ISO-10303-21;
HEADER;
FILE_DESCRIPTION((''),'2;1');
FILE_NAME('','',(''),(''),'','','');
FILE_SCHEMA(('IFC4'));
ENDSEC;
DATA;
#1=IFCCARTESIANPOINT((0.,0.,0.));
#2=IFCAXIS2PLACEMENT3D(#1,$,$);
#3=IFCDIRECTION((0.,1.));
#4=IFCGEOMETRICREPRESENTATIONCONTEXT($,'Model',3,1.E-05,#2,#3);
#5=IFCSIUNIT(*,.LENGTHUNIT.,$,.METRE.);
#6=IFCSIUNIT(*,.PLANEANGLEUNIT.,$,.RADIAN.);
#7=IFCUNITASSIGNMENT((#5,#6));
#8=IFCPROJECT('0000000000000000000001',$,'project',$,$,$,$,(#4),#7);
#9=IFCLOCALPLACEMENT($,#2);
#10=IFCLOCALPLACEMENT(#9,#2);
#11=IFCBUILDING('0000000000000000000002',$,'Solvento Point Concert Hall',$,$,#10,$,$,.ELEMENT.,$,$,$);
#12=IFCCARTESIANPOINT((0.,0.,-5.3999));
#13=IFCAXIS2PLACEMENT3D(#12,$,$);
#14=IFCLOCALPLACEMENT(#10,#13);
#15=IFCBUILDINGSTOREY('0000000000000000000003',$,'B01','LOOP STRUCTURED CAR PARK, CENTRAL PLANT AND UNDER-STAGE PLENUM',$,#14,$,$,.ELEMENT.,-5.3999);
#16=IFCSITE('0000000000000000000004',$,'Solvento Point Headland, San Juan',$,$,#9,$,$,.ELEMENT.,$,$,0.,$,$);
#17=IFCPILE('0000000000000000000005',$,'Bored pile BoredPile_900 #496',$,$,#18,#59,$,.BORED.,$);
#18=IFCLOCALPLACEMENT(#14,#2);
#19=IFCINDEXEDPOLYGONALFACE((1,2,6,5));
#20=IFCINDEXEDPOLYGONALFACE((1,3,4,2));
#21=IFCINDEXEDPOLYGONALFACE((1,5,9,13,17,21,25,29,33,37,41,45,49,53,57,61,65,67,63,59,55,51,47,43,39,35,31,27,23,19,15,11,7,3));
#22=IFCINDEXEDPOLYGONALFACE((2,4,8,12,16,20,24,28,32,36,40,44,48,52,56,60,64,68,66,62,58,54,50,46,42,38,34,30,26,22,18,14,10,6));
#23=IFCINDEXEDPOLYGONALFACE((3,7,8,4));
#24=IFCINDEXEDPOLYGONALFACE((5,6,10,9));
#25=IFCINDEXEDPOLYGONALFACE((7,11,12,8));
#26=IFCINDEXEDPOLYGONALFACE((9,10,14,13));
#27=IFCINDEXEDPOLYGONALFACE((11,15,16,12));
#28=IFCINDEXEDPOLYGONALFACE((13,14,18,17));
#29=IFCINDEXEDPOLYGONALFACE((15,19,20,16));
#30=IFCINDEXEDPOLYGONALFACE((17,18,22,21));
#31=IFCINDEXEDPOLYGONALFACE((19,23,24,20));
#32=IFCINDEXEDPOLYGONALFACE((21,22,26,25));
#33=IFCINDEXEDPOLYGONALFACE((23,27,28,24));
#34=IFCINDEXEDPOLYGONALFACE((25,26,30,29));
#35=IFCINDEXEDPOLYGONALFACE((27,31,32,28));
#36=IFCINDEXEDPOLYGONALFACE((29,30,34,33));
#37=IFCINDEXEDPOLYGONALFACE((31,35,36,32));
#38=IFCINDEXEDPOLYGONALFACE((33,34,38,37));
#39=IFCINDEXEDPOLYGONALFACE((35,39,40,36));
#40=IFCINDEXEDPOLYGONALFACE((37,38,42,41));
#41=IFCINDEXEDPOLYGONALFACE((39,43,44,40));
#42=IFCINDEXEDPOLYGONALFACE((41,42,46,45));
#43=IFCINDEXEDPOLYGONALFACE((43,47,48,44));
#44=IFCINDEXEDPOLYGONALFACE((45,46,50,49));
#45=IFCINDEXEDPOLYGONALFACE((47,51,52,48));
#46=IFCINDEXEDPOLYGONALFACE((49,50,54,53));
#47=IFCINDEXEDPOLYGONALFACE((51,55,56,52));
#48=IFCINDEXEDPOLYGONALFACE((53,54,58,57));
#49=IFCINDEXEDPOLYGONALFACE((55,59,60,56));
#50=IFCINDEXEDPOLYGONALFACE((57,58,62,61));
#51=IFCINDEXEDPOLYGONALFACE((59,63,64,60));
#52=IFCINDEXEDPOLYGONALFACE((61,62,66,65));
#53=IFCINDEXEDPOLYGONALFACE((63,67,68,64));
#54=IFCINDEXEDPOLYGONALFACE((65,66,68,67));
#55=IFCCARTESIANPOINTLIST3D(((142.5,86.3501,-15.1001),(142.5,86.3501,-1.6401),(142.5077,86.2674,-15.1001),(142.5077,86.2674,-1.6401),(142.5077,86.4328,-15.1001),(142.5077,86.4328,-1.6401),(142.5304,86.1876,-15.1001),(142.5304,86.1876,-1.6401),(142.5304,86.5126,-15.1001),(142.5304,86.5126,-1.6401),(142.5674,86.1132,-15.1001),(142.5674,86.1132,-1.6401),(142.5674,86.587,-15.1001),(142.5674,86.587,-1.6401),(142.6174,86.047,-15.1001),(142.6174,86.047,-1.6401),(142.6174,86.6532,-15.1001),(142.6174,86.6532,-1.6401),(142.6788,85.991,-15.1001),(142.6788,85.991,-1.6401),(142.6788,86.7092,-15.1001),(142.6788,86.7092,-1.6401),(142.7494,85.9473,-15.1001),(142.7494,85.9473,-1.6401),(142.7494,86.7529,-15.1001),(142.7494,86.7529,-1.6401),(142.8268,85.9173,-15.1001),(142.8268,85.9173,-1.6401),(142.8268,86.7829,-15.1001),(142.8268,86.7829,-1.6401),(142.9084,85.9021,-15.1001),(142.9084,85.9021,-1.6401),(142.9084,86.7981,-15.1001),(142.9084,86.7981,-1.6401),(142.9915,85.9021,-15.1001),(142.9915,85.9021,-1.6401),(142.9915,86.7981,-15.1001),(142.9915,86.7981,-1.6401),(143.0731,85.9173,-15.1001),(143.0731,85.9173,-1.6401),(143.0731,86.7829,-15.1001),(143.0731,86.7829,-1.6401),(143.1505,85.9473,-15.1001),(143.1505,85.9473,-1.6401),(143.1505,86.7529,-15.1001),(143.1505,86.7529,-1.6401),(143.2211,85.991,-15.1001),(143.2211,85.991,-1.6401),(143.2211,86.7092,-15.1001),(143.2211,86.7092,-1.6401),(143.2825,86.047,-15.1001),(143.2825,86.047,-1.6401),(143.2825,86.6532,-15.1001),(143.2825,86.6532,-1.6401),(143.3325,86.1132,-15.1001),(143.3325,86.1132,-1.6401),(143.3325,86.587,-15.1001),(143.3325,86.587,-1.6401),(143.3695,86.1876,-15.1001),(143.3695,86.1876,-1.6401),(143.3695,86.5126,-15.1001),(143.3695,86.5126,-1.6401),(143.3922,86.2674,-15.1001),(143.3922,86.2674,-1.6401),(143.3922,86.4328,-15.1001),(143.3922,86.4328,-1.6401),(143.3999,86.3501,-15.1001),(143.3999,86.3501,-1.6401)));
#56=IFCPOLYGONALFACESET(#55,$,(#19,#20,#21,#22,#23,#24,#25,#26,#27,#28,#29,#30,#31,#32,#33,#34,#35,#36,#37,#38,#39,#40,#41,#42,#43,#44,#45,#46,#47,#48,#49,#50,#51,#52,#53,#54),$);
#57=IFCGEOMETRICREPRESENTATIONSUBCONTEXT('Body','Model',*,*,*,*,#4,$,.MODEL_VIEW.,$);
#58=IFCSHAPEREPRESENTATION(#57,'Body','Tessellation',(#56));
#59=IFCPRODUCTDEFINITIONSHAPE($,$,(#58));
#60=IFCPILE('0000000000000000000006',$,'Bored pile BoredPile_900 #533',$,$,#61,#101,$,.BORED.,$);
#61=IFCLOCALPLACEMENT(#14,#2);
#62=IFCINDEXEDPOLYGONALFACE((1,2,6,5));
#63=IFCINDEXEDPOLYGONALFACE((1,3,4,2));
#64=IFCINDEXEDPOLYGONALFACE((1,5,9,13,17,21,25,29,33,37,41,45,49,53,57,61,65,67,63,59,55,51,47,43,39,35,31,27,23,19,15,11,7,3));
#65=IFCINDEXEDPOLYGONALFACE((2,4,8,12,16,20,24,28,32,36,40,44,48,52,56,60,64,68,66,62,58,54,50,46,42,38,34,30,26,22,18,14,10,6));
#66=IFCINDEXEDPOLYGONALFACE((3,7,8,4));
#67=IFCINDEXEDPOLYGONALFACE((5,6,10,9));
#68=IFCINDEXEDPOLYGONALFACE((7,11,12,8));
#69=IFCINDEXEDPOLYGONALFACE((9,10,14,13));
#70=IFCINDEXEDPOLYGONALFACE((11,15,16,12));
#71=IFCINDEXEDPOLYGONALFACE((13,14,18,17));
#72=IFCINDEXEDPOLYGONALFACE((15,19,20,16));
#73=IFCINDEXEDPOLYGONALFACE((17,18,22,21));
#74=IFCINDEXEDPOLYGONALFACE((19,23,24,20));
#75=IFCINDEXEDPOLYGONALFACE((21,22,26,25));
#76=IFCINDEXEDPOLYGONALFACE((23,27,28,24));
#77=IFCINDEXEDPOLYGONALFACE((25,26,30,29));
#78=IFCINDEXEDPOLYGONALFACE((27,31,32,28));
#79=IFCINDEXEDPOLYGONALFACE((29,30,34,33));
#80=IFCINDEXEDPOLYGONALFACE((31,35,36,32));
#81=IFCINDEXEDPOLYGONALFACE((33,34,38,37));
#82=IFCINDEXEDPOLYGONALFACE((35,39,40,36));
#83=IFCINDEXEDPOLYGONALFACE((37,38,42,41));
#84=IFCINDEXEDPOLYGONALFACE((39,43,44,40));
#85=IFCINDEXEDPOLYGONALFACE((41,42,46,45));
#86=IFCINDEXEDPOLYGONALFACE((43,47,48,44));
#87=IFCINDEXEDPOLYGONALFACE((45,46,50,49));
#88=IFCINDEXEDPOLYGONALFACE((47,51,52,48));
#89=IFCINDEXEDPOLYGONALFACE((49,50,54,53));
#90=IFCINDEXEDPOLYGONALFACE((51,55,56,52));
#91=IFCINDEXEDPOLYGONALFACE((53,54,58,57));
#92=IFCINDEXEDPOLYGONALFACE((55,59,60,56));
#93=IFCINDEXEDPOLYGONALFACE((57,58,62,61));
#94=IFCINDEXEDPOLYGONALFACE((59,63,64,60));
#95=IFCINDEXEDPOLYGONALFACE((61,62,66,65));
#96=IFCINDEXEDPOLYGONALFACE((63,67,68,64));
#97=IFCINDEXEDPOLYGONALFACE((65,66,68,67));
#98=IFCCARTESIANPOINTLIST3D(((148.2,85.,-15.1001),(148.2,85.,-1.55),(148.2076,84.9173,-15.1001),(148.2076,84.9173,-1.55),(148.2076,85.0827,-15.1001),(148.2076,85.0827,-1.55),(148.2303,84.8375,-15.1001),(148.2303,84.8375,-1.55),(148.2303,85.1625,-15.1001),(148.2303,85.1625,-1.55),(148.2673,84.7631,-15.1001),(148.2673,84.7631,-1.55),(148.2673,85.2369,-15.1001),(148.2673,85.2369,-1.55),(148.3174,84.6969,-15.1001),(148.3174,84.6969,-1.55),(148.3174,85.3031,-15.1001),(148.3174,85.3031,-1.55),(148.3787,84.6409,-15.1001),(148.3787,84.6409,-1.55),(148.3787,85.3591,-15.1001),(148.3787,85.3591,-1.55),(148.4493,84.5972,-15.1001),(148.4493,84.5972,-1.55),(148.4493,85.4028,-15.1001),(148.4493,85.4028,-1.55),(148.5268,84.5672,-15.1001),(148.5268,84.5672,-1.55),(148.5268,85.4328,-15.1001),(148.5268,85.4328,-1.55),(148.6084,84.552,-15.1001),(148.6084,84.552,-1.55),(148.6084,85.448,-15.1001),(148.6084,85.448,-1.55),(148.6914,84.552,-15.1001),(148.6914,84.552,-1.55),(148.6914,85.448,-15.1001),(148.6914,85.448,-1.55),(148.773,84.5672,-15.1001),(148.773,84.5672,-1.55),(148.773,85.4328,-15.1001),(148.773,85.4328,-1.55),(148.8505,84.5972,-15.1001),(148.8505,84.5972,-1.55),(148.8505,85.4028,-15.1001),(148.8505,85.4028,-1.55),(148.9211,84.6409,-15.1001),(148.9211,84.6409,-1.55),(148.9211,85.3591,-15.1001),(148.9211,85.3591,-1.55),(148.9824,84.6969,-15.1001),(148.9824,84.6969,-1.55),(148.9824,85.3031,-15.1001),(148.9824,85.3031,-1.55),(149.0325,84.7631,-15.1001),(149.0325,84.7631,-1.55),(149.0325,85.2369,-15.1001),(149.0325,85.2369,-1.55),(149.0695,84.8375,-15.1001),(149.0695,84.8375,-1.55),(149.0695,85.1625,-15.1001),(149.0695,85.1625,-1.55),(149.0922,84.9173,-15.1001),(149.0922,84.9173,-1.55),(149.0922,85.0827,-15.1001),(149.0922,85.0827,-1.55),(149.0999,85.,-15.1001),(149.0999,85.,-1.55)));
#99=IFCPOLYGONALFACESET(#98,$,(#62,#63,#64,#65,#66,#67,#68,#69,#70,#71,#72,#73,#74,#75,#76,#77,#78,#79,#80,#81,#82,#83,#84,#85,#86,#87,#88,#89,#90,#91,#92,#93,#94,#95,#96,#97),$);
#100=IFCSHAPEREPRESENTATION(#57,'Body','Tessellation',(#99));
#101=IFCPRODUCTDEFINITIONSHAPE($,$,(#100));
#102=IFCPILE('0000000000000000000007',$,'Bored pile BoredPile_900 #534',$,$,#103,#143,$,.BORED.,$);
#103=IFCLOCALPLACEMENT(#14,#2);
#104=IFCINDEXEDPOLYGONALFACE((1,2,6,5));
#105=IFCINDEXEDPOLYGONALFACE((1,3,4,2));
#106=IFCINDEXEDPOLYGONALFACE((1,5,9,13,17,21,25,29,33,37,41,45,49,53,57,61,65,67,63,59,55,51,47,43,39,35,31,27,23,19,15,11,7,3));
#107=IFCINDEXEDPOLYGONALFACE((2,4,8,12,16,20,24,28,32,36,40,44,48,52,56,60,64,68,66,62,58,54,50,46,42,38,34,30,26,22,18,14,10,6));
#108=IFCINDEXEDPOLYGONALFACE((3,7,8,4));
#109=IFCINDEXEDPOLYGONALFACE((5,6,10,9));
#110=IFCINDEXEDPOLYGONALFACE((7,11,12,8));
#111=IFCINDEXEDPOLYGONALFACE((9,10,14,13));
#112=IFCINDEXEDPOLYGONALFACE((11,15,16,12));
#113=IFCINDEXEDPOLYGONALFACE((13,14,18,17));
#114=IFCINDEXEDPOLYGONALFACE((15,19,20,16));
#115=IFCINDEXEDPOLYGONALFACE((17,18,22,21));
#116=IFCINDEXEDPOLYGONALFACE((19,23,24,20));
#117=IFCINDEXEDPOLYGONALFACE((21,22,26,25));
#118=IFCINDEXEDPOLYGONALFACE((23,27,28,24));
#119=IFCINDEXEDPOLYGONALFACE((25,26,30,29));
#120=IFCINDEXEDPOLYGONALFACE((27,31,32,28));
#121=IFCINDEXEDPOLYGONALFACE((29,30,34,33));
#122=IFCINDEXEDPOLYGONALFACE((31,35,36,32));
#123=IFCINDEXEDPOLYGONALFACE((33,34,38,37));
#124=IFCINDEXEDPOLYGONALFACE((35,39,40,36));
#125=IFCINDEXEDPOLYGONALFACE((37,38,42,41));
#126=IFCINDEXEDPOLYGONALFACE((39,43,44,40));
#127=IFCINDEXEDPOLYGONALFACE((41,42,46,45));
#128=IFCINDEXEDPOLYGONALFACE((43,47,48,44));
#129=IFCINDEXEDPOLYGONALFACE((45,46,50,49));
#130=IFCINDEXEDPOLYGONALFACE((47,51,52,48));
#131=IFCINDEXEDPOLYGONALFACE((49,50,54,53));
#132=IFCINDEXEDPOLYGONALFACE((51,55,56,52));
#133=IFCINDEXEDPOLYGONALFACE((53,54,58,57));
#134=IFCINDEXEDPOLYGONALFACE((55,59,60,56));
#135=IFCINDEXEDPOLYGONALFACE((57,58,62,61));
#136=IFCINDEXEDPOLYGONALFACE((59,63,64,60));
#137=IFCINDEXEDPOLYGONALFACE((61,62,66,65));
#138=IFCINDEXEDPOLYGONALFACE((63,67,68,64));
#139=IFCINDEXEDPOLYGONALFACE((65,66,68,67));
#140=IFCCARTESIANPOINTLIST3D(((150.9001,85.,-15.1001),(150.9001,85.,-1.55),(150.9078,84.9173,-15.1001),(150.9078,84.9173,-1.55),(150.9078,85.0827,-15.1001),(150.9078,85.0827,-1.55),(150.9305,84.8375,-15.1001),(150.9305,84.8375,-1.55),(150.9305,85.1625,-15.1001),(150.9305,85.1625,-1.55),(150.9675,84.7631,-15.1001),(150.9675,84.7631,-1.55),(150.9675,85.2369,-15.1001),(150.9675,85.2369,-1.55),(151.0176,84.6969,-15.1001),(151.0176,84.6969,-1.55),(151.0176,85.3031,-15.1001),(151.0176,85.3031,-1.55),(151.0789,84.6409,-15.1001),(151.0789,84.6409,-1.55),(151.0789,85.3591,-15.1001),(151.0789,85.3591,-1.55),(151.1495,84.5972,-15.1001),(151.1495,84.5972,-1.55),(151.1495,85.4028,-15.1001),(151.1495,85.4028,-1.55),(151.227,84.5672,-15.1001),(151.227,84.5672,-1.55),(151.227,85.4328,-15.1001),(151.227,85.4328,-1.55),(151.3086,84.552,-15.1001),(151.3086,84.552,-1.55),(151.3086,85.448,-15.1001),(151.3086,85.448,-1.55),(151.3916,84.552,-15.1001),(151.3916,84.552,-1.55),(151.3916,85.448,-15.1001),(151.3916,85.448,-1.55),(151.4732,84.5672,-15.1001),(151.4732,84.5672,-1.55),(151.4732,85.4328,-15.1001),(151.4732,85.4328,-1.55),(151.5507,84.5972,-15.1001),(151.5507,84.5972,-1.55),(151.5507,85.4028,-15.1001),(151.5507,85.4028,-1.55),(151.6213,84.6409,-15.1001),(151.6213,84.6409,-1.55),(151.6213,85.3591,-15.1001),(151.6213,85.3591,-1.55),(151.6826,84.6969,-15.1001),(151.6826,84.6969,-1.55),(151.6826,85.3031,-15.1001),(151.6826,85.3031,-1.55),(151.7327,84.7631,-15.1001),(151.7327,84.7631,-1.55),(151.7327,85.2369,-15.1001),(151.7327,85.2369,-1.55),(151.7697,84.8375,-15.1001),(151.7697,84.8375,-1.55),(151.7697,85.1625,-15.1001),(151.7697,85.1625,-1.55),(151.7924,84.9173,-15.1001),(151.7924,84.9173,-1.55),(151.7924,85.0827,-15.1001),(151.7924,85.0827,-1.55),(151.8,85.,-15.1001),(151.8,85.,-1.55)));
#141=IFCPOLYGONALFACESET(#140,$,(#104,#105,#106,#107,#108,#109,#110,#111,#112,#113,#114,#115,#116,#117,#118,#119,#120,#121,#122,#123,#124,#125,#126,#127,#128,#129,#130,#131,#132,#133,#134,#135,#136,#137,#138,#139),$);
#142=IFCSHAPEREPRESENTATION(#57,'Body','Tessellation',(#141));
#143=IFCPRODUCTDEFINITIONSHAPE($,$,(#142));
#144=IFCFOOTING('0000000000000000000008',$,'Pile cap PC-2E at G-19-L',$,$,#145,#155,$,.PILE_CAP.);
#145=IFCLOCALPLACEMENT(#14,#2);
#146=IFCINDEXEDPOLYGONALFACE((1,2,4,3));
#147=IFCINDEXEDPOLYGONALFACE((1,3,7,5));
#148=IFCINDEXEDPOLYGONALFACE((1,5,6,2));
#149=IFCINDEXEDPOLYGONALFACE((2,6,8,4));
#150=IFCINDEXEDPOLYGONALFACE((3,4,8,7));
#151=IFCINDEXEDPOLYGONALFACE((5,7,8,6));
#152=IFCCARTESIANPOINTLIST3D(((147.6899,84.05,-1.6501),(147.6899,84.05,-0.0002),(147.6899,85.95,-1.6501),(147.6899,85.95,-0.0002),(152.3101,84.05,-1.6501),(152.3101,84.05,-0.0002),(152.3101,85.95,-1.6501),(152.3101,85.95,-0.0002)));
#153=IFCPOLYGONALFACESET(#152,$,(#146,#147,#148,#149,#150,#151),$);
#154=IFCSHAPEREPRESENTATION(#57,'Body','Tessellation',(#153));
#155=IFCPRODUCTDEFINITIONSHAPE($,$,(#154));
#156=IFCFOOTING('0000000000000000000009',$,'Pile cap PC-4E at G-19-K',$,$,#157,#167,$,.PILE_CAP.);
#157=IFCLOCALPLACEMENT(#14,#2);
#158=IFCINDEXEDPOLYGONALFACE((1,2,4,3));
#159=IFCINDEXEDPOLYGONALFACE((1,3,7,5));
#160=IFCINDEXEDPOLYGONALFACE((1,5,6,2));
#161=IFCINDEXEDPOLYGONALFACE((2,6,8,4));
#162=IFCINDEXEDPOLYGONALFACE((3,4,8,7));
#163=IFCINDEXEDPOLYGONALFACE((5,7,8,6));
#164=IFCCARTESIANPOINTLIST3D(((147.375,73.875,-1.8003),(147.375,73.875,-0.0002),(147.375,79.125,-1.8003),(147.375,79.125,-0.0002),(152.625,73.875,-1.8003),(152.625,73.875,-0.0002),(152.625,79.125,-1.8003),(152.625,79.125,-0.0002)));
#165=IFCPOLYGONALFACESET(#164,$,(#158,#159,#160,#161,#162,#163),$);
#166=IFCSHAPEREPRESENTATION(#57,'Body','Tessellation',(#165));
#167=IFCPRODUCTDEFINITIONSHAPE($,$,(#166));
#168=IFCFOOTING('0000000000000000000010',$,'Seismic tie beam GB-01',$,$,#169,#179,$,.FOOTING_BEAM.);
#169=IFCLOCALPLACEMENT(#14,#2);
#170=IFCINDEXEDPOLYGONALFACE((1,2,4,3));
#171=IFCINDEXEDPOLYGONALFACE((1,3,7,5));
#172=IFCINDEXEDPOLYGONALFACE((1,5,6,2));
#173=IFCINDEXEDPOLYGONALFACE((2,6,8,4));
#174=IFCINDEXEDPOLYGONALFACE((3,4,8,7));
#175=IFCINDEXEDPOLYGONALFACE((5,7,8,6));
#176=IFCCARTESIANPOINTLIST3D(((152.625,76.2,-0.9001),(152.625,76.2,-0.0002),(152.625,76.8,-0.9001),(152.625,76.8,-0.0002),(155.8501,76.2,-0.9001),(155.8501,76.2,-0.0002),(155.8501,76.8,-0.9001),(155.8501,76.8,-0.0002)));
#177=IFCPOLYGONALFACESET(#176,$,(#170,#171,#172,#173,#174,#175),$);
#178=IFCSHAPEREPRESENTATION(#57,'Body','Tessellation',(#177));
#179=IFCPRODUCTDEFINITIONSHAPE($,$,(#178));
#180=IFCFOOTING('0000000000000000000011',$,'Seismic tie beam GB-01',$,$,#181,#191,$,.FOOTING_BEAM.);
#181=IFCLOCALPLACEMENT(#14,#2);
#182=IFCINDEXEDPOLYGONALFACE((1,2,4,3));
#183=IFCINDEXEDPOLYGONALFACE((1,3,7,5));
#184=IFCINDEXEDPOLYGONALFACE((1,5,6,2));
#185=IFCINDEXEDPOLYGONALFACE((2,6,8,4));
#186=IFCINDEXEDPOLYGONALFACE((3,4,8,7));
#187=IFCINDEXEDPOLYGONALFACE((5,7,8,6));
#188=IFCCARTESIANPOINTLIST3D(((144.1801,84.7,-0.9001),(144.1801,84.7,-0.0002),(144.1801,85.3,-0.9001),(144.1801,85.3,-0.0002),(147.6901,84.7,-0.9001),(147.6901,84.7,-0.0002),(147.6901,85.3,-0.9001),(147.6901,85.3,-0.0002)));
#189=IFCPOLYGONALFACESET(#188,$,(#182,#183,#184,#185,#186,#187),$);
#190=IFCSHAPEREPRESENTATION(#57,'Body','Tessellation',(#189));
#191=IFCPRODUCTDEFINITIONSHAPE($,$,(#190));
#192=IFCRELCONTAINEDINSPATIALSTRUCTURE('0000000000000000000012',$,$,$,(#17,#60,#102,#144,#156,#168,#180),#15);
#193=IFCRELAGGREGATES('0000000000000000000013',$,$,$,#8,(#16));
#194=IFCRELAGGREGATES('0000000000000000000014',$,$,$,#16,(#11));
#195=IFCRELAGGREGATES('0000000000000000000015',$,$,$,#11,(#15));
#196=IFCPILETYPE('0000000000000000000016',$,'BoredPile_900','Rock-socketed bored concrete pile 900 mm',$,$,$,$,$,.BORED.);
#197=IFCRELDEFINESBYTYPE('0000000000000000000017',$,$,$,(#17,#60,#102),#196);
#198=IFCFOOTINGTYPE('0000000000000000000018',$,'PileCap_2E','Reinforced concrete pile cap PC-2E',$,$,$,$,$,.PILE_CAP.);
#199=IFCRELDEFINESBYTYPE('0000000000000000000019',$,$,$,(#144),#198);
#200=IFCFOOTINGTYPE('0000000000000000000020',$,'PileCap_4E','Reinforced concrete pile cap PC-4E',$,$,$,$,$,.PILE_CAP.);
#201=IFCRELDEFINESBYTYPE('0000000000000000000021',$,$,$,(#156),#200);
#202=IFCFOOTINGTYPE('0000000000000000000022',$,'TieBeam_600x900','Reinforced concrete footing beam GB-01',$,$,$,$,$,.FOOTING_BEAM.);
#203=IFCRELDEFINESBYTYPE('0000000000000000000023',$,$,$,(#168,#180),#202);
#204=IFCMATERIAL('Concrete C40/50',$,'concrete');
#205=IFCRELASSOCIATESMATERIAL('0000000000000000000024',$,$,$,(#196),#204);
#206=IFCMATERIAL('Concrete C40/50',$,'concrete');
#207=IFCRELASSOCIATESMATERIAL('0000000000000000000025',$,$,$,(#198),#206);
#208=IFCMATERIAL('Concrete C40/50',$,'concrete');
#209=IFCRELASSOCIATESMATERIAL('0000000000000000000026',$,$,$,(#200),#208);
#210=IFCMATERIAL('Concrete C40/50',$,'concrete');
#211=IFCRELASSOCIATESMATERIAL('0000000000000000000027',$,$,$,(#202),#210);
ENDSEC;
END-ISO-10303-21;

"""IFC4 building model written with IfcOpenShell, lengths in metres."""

from ifc_helpers import new_model, si_unit, direction, frame, origin, origin_2d, place, context, subcontext, project, spatial, rectangle, circle, extrude, material, material_profile, profile_set, type_object, element, save


model = new_model("IFC4")

# Units and contexts
model_context = context("Model", 3, precision=1e-05, world=origin(), true_north=direction((0.0, 1.0)))
body_context = subcontext(model_context, "Body", "Model", "MODEL_VIEW")
ifc_project = project(units=[si_unit("LENGTHUNIT", "METRE"), si_unit("PLANEANGLEUNIT", "RADIAN")], contexts=[model_context])

# Site, building, storey
site_placement = place(None, origin())
site = spatial("IfcSite", under=ifc_project, at=site_placement, Name="Solvento Point Headland, San Juan", CompositionType="ELEMENT", RefElevation=0.0)
building_placement = place(site_placement, origin())
building = spatial("IfcBuilding", under=site, at=building_placement, Name="Solvento Point Concert Hall", CompositionType="ELEMENT")
storey_placement = place(building_placement, frame((0.0, 0.0, -5.3999)))
storey = spatial("IfcBuildingStorey", under=building, at=storey_placement, Name="B01", Description="LOOP STRUCTURED CAR PARK, CENTRAL PLANT AND UNDER-STAGE PLENUM", CompositionType="ELEMENT", Elevation=-5.3999)

# Piles
ifc_material_1 = material(Name="Concrete C40/50", Category="concrete")
ifc_material_profile_1 = material_profile(ifc_material_1, circle(Radius=0.45, at=origin_2d()), Name="BP-900")
ifc_profile_set_1 = profile_set([ifc_material_profile_1], Name="Concrete C40/50")
pile_type_1 = type_object("IfcPileType", Name="BoredPile_900", Description="Rock-socketed bored concrete pile 900 mm", PredefinedType="BORED", material=ifc_profile_set_1)
for number, where, z_axis, x_axis, name in (
    (1, (142.95, 86.3501, -1.6401), (0.0, 0.0, -1.0), (1.0, 0.0, 0.0), "Bored pile BoredPile_900 #496"),
):
    element("IfcPile", number, at=place(storey_placement, frame(where, z_axis=z_axis, x_axis=x_axis)), inside=storey, type_object=pile_type_1, Name=name, PredefinedType="BORED", context=body_context, shape_type="SweptSolid", body=[
        extrude(circle(Radius=0.45, at=origin_2d()), origin(), (0.0, 0.0, 1.0), 13.46),
    ])
for number, where, z_axis, x_axis, name in (
    (2, (148.6499, 85.0, -1.55), (0.0, 0.0, -1.0), (1.0, 0.0, 0.0), "Bored pile BoredPile_900 #533"),
    (3, (151.3501, 85.0, -1.55), (0.0, 0.0, -1.0), (1.0, 0.0, 0.0), "Bored pile BoredPile_900 #534"),
):
    element("IfcPile", number, at=place(storey_placement, frame(where, z_axis=z_axis, x_axis=x_axis)), inside=storey, type_object=pile_type_1, Name=name, PredefinedType="BORED", context=body_context, shape_type="SweptSolid", body=[
        extrude(circle(Radius=0.45, at=origin_2d()), origin(), (0.0, 0.0, 1.0), 13.55),
    ])

# Footings
ifc_material_2 = material(Name="Concrete C40/50", Category="concrete")
footing_type_1 = type_object("IfcFootingType", Name="PileCap_2E", Description="Reinforced concrete pile cap PC-2E", PredefinedType="PILE_CAP", material=ifc_material_2)
footing_1_placement = place(storey_placement, frame((150.0, 85.0, -1.6501), z_axis=(0.0, 0.0, 1.0), x_axis=(1.0, 0.0, 0.0)))
element("IfcFooting", 4, at=footing_1_placement, inside=storey, type_object=footing_type_1, Name="Pile cap PC-2E at G-19-L", PredefinedType="PILE_CAP", context=body_context, shape_type="SweptSolid", body=[
    extrude(rectangle(XDim=4.6201, YDim=1.8999, at=origin_2d()), origin(), (0.0, 0.0, 1.0), 1.6499),
])
ifc_material_3 = material(Name="Concrete C40/50", Category="concrete")
footing_type_2 = type_object("IfcFootingType", Name="PileCap_4E", Description="Reinforced concrete pile cap PC-4E", PredefinedType="PILE_CAP", material=ifc_material_3)
footing_2_placement = place(storey_placement, frame((150.0, 76.5, -1.8003), z_axis=(0.0, 0.0, 1.0), x_axis=(1.0, 0.0, 0.0)))
element("IfcFooting", 5, at=footing_2_placement, inside=storey, type_object=footing_type_2, Name="Pile cap PC-4E at G-19-K", PredefinedType="PILE_CAP", context=body_context, shape_type="SweptSolid", body=[
    extrude(rectangle(XDim=5.25, YDim=5.25, at=origin_2d()), origin(), (0.0, 0.0, 1.0), 1.8),
])
ifc_material_4 = material(Name="Concrete C40/50", Category="concrete")
footing_type_3 = type_object("IfcFootingType", Name="TieBeam_600x900", Description="Reinforced concrete footing beam GB-01", PredefinedType="FOOTING_BEAM", material=ifc_material_4)
footing_3_placement = place(storey_placement, frame((154.2375, 76.5, -0.9001), z_axis=(0.0, 0.0, 1.0), x_axis=(1.0, 0.0, 0.0)))
element("IfcFooting", 6, at=footing_3_placement, inside=storey, type_object=footing_type_3, Name="Seismic tie beam GB-01", PredefinedType="FOOTING_BEAM", context=body_context, shape_type="SweptSolid", body=[
    extrude(rectangle(XDim=3.2251, YDim=0.6001, at=origin_2d()), origin(), (0.0, 0.0, 1.0), 0.8999),
])
footing_4_placement = place(storey_placement, frame((145.9351, 85.0, -0.9001), z_axis=(0.0, 0.0, 1.0), x_axis=(1.0, 0.0, 0.0)))
element("IfcFooting", 7, at=footing_4_placement, inside=storey, type_object=footing_type_3, Name="Seismic tie beam GB-01", PredefinedType="FOOTING_BEAM", context=body_context, shape_type="SweptSolid", body=[
    extrude(rectangle(XDim=3.51, YDim=0.6001, at=origin_2d()), origin(), (0.0, 0.0, 1.0), 0.8999),
])

save(model, "model.ifc")
